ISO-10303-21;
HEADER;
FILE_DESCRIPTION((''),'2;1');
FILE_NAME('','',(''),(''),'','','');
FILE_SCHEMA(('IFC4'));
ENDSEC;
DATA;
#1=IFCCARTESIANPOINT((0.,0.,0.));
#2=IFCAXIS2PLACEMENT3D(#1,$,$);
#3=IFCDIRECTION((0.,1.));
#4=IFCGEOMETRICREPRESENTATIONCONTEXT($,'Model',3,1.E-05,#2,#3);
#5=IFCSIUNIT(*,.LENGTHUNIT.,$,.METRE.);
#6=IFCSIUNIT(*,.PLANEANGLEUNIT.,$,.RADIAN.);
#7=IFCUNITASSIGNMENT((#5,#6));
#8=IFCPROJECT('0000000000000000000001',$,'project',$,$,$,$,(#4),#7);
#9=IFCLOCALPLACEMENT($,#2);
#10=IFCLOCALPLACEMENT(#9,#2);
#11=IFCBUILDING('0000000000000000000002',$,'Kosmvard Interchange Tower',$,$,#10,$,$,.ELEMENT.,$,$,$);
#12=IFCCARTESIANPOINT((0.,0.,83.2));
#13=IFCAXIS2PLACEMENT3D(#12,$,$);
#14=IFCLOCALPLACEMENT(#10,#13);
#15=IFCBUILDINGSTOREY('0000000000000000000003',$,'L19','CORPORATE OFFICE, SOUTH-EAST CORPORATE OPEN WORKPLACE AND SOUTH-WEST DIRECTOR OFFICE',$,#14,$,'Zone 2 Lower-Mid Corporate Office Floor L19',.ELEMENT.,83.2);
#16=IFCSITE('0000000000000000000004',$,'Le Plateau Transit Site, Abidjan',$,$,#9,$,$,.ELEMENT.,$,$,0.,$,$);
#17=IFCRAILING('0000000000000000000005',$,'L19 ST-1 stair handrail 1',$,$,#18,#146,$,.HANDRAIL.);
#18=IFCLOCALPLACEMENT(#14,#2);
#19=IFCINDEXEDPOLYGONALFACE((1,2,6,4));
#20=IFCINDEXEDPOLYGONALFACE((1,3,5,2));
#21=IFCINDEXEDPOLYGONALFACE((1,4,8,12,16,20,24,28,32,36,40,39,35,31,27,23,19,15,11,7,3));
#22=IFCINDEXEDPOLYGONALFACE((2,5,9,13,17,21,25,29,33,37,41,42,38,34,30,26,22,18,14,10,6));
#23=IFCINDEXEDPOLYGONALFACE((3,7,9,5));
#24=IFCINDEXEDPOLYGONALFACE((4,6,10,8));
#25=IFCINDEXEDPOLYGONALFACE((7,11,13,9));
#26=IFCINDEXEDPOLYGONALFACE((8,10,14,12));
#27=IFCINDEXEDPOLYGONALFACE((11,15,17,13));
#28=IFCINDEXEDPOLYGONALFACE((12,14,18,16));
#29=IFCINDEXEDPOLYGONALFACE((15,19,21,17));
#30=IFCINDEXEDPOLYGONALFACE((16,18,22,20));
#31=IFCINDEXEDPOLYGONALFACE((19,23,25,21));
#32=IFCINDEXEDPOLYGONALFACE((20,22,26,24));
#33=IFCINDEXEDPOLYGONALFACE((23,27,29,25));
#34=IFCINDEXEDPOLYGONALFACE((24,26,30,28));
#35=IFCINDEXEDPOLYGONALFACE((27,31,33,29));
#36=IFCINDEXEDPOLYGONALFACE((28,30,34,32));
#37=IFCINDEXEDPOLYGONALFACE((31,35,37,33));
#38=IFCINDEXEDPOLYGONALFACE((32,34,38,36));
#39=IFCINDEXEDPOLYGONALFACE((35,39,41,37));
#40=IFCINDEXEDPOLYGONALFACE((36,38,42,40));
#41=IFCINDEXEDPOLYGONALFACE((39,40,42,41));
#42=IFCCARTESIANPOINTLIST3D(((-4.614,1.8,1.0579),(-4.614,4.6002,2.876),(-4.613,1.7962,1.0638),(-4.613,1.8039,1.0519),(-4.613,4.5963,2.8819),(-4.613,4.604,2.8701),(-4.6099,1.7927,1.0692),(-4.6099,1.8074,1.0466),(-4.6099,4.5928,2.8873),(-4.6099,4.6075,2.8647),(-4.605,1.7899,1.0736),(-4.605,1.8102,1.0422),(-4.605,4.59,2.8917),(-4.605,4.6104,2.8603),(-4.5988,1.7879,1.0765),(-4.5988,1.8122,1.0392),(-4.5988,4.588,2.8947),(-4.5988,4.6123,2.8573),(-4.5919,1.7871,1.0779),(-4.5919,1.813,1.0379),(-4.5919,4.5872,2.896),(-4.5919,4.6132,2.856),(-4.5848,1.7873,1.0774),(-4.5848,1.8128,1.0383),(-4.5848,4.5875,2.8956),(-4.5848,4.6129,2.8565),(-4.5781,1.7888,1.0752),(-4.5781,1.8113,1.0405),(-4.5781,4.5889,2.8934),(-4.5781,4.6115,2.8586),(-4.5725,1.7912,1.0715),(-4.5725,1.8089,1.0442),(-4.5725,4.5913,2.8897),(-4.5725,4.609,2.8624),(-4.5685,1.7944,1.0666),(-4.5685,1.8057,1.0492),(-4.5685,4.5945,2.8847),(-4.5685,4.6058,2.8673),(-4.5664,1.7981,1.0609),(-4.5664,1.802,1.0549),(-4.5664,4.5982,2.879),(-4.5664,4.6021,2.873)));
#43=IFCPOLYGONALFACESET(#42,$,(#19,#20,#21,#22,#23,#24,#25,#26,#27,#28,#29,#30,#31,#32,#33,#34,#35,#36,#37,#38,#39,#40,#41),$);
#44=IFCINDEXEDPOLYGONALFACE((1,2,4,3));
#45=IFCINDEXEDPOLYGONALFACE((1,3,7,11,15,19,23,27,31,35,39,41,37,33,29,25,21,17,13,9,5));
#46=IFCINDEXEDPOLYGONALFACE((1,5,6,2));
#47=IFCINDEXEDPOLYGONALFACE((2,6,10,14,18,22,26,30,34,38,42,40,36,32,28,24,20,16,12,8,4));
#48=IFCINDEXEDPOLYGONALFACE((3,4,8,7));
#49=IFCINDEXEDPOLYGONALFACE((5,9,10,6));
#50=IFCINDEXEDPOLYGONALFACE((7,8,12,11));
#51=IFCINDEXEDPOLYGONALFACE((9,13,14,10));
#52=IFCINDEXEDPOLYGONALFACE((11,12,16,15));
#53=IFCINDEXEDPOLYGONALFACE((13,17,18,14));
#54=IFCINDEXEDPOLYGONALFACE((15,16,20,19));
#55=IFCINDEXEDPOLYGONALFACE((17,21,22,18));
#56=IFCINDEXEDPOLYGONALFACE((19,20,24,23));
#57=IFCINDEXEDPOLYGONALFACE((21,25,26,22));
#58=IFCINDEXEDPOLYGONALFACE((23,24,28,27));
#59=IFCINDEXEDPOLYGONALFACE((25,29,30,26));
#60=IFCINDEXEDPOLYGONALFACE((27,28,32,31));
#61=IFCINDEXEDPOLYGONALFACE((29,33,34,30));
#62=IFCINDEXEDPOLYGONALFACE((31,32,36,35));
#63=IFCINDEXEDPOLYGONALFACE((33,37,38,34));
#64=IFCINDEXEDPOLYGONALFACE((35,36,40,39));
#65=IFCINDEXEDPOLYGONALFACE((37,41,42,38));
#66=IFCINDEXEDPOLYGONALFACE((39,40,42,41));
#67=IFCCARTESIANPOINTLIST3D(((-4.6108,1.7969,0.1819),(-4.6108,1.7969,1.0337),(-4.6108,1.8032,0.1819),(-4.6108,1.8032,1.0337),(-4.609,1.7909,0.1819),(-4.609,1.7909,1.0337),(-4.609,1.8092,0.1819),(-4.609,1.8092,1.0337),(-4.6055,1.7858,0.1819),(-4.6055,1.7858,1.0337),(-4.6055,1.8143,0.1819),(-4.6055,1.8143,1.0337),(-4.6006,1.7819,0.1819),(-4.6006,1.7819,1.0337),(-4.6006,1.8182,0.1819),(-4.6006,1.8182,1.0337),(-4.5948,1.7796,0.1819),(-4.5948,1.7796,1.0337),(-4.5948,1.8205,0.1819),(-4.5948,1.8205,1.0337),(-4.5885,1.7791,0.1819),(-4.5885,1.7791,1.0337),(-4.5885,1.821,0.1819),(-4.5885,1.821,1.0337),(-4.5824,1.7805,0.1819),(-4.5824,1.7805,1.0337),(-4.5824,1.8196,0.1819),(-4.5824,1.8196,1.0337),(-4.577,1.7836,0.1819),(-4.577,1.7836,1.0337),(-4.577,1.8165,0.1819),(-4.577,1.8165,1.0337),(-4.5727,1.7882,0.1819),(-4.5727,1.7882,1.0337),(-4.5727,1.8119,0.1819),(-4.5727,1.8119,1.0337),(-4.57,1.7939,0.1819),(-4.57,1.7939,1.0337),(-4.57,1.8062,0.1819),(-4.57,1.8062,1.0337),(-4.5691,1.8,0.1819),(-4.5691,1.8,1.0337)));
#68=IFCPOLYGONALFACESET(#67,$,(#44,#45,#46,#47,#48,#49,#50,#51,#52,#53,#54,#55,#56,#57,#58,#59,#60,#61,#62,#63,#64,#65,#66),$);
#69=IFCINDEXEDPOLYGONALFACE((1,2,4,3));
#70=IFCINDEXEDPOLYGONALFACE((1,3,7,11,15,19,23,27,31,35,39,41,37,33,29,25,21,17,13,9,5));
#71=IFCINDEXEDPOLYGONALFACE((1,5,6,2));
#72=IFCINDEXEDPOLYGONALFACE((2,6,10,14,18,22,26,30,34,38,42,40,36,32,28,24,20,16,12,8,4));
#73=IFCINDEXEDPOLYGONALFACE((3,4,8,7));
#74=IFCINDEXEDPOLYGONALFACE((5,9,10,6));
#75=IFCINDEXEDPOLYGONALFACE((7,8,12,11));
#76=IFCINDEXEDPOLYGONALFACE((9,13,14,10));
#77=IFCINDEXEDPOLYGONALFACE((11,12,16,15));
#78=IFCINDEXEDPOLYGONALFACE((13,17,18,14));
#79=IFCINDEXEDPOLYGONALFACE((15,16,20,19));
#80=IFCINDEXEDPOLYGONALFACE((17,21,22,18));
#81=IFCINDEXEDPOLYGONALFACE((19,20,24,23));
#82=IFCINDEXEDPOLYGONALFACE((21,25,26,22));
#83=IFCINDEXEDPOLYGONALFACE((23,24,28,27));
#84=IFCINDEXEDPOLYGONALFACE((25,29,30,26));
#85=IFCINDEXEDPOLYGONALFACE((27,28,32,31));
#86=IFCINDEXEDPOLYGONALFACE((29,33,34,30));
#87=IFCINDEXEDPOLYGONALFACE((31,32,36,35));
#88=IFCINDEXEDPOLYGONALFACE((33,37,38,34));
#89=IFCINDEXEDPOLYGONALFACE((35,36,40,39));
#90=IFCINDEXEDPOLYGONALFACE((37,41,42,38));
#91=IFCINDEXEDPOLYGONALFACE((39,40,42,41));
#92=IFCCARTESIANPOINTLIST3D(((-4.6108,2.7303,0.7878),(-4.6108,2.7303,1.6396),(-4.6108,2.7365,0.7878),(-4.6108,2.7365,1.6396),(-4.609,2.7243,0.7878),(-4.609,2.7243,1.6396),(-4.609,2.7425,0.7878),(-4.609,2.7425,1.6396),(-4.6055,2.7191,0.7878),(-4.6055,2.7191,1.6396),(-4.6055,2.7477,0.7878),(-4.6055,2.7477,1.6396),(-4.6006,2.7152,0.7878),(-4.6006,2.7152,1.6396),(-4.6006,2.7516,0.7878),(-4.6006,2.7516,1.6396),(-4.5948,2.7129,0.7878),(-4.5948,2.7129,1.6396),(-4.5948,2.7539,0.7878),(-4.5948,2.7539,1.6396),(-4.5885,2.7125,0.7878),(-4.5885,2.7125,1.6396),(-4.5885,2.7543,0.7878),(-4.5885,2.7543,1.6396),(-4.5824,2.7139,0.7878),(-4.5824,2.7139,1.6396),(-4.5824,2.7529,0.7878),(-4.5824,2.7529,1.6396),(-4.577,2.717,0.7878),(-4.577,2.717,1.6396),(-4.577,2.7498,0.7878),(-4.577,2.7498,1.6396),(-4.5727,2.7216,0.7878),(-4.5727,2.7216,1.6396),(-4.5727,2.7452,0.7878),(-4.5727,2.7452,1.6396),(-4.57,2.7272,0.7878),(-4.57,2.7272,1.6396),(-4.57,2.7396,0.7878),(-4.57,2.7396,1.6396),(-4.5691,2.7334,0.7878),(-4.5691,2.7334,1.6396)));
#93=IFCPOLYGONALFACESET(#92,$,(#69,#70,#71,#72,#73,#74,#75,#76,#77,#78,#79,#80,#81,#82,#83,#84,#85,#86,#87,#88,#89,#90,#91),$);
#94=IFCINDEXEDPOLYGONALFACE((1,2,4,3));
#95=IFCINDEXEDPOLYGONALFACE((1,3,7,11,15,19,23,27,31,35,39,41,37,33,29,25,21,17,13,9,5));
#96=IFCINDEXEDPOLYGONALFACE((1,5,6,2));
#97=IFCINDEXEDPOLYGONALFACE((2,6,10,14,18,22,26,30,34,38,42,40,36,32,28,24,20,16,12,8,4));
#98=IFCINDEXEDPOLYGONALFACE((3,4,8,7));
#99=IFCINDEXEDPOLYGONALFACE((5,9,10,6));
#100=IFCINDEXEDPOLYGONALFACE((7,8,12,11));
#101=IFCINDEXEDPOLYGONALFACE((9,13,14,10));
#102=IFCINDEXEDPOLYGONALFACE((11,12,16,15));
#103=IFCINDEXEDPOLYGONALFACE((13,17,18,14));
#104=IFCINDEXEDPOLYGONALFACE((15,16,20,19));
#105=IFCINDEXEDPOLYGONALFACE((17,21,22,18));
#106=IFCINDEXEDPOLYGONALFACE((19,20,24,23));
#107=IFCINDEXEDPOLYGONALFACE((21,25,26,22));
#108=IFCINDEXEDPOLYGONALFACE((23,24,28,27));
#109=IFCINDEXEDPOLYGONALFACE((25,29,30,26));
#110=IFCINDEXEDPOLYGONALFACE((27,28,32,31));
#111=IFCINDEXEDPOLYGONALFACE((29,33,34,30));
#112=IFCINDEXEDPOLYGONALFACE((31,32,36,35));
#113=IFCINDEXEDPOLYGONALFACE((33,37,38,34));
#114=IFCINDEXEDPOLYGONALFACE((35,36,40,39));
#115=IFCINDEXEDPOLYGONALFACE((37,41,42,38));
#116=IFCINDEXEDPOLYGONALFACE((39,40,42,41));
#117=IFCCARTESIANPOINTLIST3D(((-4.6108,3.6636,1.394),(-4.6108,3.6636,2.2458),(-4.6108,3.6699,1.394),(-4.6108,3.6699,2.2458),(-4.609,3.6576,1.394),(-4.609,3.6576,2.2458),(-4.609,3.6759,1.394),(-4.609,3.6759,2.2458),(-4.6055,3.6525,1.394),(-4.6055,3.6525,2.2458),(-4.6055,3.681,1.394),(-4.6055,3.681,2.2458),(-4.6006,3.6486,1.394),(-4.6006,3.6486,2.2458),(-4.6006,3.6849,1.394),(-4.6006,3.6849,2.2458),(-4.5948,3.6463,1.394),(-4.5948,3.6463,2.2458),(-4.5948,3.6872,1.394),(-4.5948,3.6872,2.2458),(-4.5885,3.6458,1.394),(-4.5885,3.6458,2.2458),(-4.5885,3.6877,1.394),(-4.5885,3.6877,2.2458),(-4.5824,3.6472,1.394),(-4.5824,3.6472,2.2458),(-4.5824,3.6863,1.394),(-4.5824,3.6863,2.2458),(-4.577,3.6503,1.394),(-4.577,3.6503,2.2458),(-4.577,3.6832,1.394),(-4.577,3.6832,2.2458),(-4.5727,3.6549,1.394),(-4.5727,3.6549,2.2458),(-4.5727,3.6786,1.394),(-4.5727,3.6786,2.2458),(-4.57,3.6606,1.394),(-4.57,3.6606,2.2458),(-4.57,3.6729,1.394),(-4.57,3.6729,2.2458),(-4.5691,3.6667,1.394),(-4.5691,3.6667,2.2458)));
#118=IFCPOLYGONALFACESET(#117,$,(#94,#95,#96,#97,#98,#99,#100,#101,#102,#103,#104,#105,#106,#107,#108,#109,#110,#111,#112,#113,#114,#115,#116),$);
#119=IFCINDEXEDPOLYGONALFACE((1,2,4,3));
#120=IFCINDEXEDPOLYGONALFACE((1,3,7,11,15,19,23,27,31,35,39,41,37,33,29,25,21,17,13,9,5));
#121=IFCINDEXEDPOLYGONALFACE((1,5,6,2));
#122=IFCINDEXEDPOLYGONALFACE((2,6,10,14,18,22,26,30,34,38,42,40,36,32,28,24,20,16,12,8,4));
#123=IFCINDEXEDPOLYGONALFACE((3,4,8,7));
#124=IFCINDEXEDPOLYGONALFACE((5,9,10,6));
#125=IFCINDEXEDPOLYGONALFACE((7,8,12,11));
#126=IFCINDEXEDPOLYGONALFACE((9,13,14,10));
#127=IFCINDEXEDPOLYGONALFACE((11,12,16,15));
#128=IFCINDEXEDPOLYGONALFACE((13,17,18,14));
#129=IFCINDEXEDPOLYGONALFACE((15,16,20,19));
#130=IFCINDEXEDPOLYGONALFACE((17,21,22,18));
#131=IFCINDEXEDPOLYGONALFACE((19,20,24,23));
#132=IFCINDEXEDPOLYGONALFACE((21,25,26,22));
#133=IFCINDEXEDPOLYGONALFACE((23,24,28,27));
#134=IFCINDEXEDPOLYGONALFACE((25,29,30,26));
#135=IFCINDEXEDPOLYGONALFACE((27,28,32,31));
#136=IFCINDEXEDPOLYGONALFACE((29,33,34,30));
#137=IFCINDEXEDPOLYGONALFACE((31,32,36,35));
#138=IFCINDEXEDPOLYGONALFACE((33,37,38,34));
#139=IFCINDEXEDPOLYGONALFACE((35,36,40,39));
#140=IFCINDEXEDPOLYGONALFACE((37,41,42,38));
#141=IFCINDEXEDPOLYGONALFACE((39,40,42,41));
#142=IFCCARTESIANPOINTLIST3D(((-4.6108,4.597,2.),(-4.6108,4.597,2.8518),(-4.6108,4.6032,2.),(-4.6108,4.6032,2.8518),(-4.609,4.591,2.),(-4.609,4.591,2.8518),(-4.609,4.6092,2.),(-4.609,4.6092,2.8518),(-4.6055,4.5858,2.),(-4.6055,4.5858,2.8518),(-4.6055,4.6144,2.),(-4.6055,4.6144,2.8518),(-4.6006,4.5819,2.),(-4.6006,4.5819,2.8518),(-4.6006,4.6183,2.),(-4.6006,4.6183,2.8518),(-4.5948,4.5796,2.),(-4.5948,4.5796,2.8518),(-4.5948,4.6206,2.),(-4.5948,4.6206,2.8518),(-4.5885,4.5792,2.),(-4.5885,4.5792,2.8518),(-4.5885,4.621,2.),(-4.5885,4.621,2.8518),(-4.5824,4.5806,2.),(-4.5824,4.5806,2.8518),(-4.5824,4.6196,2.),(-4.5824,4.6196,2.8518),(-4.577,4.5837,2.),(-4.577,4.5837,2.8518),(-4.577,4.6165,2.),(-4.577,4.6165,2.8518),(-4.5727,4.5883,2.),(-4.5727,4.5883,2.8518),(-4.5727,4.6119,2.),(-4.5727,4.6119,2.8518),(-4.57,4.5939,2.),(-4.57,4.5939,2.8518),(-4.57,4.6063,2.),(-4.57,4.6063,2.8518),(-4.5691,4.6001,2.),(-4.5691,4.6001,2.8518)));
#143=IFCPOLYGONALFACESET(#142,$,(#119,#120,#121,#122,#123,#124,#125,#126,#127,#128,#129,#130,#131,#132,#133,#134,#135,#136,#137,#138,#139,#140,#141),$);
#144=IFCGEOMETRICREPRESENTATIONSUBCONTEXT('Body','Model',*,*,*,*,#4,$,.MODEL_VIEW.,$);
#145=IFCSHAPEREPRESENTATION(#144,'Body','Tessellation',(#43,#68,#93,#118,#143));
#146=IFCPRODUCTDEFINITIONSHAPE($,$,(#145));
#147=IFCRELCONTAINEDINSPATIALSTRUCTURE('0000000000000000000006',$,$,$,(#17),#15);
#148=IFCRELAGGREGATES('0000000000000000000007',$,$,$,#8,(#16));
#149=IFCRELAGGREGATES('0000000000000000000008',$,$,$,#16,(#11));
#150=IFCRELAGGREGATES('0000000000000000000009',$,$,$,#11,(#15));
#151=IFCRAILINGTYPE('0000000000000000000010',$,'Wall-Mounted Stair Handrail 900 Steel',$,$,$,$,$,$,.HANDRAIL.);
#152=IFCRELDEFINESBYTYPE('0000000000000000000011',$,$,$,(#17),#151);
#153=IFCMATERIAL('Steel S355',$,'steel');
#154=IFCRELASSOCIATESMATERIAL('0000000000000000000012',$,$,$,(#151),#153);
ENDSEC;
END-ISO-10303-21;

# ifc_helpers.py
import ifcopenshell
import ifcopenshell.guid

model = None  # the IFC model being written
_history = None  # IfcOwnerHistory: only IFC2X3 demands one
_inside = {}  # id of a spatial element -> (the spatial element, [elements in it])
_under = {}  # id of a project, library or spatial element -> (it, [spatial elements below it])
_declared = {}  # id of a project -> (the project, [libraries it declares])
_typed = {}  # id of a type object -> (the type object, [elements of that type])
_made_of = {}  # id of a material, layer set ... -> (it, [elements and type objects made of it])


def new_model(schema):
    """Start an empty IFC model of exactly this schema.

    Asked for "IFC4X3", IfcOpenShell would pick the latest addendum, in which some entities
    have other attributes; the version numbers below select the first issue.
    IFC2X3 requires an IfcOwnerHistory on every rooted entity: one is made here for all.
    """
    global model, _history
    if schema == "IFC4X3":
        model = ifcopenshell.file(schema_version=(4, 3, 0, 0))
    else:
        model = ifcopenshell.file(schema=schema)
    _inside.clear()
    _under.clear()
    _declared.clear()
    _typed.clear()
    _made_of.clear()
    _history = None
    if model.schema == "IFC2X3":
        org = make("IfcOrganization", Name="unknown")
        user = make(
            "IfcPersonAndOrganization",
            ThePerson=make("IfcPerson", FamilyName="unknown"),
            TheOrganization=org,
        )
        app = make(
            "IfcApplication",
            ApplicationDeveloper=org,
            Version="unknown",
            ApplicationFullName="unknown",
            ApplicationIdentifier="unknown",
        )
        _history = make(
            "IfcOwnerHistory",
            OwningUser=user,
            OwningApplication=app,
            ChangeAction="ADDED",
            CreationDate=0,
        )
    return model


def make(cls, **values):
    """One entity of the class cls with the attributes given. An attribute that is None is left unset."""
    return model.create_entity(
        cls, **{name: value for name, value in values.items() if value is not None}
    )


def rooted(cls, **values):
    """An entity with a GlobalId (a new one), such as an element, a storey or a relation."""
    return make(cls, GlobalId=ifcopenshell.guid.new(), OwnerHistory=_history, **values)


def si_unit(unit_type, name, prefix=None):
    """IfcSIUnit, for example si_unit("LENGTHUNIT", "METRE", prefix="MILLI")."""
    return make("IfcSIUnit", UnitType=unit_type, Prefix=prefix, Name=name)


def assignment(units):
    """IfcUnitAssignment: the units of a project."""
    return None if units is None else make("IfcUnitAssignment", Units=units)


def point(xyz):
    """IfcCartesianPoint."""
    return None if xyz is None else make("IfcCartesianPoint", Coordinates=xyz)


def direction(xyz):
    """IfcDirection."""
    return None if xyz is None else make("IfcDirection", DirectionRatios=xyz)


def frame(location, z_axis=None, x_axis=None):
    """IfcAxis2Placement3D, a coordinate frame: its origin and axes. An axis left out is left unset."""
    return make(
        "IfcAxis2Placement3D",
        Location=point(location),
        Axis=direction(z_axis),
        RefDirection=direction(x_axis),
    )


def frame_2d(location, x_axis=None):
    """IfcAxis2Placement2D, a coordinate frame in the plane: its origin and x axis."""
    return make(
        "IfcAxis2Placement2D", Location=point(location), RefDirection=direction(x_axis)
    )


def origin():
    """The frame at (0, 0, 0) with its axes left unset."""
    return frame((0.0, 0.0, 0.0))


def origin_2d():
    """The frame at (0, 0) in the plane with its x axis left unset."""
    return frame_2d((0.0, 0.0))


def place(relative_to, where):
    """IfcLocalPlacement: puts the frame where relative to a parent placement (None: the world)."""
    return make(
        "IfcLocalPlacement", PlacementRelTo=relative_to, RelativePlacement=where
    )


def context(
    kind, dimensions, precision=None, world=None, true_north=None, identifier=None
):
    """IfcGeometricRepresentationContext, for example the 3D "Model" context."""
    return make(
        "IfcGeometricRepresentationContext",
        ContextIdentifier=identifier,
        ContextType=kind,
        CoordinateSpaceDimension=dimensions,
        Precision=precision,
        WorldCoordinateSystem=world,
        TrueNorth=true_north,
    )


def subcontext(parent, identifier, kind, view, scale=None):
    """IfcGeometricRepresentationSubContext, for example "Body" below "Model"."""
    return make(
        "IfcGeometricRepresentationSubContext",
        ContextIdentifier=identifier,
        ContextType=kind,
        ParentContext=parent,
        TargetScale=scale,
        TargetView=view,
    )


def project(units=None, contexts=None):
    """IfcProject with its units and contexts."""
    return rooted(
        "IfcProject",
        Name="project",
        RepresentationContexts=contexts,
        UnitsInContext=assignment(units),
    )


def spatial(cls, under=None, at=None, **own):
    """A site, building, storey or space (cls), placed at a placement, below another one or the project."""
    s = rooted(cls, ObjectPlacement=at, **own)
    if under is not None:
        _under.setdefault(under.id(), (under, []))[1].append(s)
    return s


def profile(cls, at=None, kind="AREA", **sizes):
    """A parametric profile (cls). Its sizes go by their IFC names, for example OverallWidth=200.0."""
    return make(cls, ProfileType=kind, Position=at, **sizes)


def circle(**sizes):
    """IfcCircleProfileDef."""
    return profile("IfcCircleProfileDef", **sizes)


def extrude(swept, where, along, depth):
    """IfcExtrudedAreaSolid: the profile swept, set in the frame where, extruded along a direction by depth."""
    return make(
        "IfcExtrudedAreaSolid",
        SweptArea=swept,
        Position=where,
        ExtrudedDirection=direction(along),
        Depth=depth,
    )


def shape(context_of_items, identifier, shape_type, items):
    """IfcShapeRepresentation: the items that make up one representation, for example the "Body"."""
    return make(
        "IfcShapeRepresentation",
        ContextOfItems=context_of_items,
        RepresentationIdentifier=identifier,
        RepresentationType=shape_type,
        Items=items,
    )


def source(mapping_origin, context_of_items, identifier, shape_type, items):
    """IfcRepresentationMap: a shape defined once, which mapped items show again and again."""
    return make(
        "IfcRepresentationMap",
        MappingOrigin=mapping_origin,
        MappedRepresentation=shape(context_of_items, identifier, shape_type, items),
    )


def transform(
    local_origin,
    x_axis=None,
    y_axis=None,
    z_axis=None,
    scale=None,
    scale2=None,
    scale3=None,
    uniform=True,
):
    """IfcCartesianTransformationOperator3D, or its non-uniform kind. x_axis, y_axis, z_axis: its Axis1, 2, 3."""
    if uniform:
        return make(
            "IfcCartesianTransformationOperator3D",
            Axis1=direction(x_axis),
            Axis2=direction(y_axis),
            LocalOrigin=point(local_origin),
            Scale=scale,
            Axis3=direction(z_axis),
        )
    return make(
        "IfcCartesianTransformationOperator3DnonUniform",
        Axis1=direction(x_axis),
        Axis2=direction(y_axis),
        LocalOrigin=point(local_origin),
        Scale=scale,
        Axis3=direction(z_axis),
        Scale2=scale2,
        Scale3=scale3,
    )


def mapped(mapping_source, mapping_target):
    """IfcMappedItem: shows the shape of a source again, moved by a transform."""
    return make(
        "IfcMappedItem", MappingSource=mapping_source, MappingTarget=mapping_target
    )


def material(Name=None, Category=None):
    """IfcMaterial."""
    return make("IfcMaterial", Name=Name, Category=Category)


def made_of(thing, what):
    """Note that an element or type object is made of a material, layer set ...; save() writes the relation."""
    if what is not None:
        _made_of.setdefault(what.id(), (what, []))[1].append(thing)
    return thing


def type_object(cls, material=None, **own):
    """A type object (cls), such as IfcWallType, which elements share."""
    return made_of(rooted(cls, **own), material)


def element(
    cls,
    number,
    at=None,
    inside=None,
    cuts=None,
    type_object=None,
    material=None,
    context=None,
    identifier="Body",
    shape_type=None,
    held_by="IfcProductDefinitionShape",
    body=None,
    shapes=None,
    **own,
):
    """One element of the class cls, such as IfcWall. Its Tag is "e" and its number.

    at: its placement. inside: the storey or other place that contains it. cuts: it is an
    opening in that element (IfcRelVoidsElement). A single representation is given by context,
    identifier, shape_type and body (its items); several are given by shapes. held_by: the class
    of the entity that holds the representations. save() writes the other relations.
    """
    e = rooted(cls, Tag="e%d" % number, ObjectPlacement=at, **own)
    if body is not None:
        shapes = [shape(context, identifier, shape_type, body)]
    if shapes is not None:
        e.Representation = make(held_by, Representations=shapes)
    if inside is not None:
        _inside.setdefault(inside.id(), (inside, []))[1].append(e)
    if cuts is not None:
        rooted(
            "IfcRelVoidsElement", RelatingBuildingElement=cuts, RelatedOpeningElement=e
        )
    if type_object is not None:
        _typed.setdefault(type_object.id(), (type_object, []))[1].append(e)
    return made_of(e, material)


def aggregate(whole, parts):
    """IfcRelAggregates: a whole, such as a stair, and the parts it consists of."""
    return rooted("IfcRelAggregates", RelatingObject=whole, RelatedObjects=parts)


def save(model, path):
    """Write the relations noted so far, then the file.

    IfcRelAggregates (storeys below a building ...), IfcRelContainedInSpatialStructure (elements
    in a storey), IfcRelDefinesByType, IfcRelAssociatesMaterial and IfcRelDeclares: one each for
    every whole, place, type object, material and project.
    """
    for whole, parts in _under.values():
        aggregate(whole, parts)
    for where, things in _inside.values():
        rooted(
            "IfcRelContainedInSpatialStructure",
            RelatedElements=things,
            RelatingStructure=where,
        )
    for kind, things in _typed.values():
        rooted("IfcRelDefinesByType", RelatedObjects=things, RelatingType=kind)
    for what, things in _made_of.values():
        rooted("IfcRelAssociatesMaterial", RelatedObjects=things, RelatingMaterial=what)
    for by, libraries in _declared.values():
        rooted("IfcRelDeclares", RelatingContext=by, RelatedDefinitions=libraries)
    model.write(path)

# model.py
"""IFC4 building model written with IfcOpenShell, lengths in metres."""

from ifc_helpers import new_model, si_unit, direction, frame, origin, origin_2d, place, context, subcontext, project, spatial, circle, extrude, source, transform, mapped, material, type_object, element, save


model = new_model("IFC4")

# Units and contexts
model_context = context("Model", 3, precision=1e-05, world=origin(), true_north=direction((0.0, 1.0)))
body_context = subcontext(model_context, "Body", "Model", "MODEL_VIEW")
ifc_project = project(units=[si_unit("LENGTHUNIT", "METRE"), si_unit("PLANEANGLEUNIT", "RADIAN")], contexts=[model_context])

# Site, building, storey
site_placement = place(None, origin())
site = spatial("IfcSite", under=ifc_project, at=site_placement, Name="Le Plateau Transit Site, Abidjan", CompositionType="ELEMENT", RefElevation=0.0)
building_placement = place(site_placement, origin())
building = spatial("IfcBuilding", under=site, at=building_placement, Name="Kosmvard Interchange Tower", CompositionType="ELEMENT")
storey_placement = place(building_placement, frame((0.0, 0.0, 83.2)))
storey = spatial("IfcBuildingStorey", under=building, at=storey_placement, Name="L19", Description="CORPORATE OFFICE, SOUTH-EAST CORPORATE OPEN WORKPLACE AND SOUTH-WEST DIRECTOR OFFICE", LongName="Zone 2 Lower-Mid Corporate Office Floor L19", CompositionType="ELEMENT", Elevation=83.2)

# Railing
ifc_material_1 = material(Name="Steel S355", Category="steel")
railing_type_1 = type_object("IfcRailingType", Name="Wall-Mounted Stair Handrail 900 Steel", PredefinedType="HANDRAIL", material=ifc_material_1)
shared_shape_1 = source(origin(), body_context, "Body", "SweptSolid", [
    extrude(circle(Radius=0.0239, at=origin_2d()), frame((0.0, 0.0, 0.876), z_axis=(0.0, 0.838706, 0.544585), x_axis=(-1.0, 0.0, 0.0)), (0.0, 0.0, 1.0), 3.3386),
    extrude(circle(Radius=0.021, at=origin_2d()), origin(), (0.0, 0.0, 1.0), 0.8518),
    extrude(circle(Radius=0.021, at=origin_2d()), frame((0.0, 0.9333, 0.606)), (0.0, 0.0, 1.0), 0.8518),
    extrude(circle(Radius=0.021, at=origin_2d()), frame((0.0, 1.8667, 1.2122)), (0.0, 0.0, 1.0), 0.8518),
    extrude(circle(Radius=0.021, at=origin_2d()), frame((0.0, 2.8, 1.8181)), (0.0, 0.0, 1.0), 0.8518),
])
railing_1_placement = place(storey_placement, frame((-4.5901, 1.8, 0.1819)))
element("IfcRailing", 1, at=railing_1_placement, inside=storey, type_object=railing_type_1, Name="L19 ST-1 stair handrail 1", PredefinedType="HANDRAIL", context=body_context, shape_type="MappedRepresentation", body=[
    mapped(shared_shape_1, transform((0.0, 0.0, 0.0), scale=1.0)),
])

save(model, "model.ifc")
